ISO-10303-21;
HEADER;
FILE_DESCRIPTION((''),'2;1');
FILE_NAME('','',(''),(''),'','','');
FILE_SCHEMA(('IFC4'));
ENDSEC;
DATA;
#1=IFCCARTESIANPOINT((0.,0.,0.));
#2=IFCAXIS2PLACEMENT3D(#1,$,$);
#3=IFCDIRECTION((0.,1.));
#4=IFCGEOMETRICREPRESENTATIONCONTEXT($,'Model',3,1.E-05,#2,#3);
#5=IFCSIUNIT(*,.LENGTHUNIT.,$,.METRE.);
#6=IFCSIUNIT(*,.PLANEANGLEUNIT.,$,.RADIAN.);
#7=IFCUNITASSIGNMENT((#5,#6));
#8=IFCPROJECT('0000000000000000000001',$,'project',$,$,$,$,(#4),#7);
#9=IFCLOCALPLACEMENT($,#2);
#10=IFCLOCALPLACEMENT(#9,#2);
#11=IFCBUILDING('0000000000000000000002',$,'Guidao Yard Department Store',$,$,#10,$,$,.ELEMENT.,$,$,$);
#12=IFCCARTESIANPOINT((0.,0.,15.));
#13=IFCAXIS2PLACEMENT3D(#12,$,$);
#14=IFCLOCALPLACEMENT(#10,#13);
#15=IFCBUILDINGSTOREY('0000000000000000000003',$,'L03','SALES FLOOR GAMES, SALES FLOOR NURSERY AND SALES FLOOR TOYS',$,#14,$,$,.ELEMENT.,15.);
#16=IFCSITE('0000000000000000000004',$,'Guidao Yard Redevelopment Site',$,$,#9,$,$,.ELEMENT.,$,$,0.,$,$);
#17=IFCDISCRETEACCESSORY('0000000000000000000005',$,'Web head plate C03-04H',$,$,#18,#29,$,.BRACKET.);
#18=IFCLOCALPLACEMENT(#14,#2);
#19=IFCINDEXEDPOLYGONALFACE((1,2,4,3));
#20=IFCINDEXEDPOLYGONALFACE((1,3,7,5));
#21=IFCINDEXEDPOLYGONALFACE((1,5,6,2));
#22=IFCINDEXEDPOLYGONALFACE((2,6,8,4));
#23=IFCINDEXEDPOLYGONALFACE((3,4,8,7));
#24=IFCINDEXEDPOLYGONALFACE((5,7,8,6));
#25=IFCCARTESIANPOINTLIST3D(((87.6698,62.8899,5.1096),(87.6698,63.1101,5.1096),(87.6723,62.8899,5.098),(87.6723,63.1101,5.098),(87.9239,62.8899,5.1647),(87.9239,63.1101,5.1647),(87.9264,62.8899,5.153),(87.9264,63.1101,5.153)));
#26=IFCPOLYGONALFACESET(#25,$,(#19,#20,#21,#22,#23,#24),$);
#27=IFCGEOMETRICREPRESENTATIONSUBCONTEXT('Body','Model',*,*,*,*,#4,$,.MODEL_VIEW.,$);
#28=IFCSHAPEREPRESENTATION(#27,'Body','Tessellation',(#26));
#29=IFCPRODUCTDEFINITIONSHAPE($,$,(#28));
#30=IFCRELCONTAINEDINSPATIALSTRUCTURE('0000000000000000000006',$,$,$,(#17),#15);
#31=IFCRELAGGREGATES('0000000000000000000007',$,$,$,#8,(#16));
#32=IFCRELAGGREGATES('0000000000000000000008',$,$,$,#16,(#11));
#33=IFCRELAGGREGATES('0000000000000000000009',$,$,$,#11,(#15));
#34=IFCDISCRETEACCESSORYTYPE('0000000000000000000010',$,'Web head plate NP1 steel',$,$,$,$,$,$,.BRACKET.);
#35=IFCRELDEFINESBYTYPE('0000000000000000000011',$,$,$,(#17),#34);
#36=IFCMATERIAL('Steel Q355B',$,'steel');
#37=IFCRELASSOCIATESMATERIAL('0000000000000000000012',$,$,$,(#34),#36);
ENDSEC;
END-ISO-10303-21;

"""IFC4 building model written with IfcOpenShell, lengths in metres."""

from ifc_helpers import new_model, si_unit, direction, frame, origin, origin_2d, place, context, subcontext, project, spatial, rectangle, extrude, material, material_profile, profile_set, type_object, element, save


model = new_model("IFC4")

# Units and contexts
model_context = context("Model", 3, precision=1e-05, world=origin(), true_north=direction((0.0, 1.0)))
body_context = subcontext(model_context, "Body", "Model", "MODEL_VIEW")
ifc_project = project(units=[si_unit("LENGTHUNIT", "METRE"), si_unit("PLANEANGLEUNIT", "RADIAN")], contexts=[model_context])

# Site, building, storey
site_placement = place(None, origin())
site = spatial("IfcSite", under=ifc_project, at=site_placement, Name="Guidao Yard Redevelopment Site", CompositionType="ELEMENT", RefElevation=0.0)
building_placement = place(site_placement, origin())
building = spatial("IfcBuilding", under=site, at=building_placement, Name="Guidao Yard Department Store", CompositionType="ELEMENT")
storey_placement = place(building_placement, frame((0.0, 0.0, 15.0)))
storey = spatial("IfcBuildingStorey", under=building, at=storey_placement, Name="L03", Description="SALES FLOOR GAMES, SALES FLOOR NURSERY AND SALES FLOOR TOYS", CompositionType="ELEMENT", Elevation=15.0)

# Discrete accessory
ifc_material_1 = material(Name="Steel Q355B", Category="steel")
ifc_material_profile_1 = material_profile(ifc_material_1, rectangle(XDim=0.26, YDim=0.012, at=origin_2d()), Name="Node plate 260x12")
ifc_profile_set_1 = profile_set([ifc_material_profile_1], Name="Steel Q355B")
discrete_accessory_type_1 = type_object("IfcDiscreteAccessoryType", Name="Web head plate NP1 steel", PredefinedType="BRACKET", material=ifc_profile_set_1)
for number, where, z_axis, x_axis, name in (
    (1, (87.7981, 62.8899, 5.1313), (0.0, 1.0, 0.0), (-0.977292, 0.0, -0.211897), "Web head plate C03-04H"),
):
    element("IfcDiscreteAccessory", number, at=place(storey_placement, frame(where, z_axis=z_axis, x_axis=x_axis)), inside=storey, type_object=discrete_accessory_type_1, Name=name, PredefinedType="BRACKET", context=body_context, shape_type="SweptSolid", body=[
        extrude(rectangle(XDim=0.26, YDim=0.012, at=origin_2d()), origin(), (0.0, 0.0, 1.0), 0.2202),
    ])

save(model, "model.ifc")
